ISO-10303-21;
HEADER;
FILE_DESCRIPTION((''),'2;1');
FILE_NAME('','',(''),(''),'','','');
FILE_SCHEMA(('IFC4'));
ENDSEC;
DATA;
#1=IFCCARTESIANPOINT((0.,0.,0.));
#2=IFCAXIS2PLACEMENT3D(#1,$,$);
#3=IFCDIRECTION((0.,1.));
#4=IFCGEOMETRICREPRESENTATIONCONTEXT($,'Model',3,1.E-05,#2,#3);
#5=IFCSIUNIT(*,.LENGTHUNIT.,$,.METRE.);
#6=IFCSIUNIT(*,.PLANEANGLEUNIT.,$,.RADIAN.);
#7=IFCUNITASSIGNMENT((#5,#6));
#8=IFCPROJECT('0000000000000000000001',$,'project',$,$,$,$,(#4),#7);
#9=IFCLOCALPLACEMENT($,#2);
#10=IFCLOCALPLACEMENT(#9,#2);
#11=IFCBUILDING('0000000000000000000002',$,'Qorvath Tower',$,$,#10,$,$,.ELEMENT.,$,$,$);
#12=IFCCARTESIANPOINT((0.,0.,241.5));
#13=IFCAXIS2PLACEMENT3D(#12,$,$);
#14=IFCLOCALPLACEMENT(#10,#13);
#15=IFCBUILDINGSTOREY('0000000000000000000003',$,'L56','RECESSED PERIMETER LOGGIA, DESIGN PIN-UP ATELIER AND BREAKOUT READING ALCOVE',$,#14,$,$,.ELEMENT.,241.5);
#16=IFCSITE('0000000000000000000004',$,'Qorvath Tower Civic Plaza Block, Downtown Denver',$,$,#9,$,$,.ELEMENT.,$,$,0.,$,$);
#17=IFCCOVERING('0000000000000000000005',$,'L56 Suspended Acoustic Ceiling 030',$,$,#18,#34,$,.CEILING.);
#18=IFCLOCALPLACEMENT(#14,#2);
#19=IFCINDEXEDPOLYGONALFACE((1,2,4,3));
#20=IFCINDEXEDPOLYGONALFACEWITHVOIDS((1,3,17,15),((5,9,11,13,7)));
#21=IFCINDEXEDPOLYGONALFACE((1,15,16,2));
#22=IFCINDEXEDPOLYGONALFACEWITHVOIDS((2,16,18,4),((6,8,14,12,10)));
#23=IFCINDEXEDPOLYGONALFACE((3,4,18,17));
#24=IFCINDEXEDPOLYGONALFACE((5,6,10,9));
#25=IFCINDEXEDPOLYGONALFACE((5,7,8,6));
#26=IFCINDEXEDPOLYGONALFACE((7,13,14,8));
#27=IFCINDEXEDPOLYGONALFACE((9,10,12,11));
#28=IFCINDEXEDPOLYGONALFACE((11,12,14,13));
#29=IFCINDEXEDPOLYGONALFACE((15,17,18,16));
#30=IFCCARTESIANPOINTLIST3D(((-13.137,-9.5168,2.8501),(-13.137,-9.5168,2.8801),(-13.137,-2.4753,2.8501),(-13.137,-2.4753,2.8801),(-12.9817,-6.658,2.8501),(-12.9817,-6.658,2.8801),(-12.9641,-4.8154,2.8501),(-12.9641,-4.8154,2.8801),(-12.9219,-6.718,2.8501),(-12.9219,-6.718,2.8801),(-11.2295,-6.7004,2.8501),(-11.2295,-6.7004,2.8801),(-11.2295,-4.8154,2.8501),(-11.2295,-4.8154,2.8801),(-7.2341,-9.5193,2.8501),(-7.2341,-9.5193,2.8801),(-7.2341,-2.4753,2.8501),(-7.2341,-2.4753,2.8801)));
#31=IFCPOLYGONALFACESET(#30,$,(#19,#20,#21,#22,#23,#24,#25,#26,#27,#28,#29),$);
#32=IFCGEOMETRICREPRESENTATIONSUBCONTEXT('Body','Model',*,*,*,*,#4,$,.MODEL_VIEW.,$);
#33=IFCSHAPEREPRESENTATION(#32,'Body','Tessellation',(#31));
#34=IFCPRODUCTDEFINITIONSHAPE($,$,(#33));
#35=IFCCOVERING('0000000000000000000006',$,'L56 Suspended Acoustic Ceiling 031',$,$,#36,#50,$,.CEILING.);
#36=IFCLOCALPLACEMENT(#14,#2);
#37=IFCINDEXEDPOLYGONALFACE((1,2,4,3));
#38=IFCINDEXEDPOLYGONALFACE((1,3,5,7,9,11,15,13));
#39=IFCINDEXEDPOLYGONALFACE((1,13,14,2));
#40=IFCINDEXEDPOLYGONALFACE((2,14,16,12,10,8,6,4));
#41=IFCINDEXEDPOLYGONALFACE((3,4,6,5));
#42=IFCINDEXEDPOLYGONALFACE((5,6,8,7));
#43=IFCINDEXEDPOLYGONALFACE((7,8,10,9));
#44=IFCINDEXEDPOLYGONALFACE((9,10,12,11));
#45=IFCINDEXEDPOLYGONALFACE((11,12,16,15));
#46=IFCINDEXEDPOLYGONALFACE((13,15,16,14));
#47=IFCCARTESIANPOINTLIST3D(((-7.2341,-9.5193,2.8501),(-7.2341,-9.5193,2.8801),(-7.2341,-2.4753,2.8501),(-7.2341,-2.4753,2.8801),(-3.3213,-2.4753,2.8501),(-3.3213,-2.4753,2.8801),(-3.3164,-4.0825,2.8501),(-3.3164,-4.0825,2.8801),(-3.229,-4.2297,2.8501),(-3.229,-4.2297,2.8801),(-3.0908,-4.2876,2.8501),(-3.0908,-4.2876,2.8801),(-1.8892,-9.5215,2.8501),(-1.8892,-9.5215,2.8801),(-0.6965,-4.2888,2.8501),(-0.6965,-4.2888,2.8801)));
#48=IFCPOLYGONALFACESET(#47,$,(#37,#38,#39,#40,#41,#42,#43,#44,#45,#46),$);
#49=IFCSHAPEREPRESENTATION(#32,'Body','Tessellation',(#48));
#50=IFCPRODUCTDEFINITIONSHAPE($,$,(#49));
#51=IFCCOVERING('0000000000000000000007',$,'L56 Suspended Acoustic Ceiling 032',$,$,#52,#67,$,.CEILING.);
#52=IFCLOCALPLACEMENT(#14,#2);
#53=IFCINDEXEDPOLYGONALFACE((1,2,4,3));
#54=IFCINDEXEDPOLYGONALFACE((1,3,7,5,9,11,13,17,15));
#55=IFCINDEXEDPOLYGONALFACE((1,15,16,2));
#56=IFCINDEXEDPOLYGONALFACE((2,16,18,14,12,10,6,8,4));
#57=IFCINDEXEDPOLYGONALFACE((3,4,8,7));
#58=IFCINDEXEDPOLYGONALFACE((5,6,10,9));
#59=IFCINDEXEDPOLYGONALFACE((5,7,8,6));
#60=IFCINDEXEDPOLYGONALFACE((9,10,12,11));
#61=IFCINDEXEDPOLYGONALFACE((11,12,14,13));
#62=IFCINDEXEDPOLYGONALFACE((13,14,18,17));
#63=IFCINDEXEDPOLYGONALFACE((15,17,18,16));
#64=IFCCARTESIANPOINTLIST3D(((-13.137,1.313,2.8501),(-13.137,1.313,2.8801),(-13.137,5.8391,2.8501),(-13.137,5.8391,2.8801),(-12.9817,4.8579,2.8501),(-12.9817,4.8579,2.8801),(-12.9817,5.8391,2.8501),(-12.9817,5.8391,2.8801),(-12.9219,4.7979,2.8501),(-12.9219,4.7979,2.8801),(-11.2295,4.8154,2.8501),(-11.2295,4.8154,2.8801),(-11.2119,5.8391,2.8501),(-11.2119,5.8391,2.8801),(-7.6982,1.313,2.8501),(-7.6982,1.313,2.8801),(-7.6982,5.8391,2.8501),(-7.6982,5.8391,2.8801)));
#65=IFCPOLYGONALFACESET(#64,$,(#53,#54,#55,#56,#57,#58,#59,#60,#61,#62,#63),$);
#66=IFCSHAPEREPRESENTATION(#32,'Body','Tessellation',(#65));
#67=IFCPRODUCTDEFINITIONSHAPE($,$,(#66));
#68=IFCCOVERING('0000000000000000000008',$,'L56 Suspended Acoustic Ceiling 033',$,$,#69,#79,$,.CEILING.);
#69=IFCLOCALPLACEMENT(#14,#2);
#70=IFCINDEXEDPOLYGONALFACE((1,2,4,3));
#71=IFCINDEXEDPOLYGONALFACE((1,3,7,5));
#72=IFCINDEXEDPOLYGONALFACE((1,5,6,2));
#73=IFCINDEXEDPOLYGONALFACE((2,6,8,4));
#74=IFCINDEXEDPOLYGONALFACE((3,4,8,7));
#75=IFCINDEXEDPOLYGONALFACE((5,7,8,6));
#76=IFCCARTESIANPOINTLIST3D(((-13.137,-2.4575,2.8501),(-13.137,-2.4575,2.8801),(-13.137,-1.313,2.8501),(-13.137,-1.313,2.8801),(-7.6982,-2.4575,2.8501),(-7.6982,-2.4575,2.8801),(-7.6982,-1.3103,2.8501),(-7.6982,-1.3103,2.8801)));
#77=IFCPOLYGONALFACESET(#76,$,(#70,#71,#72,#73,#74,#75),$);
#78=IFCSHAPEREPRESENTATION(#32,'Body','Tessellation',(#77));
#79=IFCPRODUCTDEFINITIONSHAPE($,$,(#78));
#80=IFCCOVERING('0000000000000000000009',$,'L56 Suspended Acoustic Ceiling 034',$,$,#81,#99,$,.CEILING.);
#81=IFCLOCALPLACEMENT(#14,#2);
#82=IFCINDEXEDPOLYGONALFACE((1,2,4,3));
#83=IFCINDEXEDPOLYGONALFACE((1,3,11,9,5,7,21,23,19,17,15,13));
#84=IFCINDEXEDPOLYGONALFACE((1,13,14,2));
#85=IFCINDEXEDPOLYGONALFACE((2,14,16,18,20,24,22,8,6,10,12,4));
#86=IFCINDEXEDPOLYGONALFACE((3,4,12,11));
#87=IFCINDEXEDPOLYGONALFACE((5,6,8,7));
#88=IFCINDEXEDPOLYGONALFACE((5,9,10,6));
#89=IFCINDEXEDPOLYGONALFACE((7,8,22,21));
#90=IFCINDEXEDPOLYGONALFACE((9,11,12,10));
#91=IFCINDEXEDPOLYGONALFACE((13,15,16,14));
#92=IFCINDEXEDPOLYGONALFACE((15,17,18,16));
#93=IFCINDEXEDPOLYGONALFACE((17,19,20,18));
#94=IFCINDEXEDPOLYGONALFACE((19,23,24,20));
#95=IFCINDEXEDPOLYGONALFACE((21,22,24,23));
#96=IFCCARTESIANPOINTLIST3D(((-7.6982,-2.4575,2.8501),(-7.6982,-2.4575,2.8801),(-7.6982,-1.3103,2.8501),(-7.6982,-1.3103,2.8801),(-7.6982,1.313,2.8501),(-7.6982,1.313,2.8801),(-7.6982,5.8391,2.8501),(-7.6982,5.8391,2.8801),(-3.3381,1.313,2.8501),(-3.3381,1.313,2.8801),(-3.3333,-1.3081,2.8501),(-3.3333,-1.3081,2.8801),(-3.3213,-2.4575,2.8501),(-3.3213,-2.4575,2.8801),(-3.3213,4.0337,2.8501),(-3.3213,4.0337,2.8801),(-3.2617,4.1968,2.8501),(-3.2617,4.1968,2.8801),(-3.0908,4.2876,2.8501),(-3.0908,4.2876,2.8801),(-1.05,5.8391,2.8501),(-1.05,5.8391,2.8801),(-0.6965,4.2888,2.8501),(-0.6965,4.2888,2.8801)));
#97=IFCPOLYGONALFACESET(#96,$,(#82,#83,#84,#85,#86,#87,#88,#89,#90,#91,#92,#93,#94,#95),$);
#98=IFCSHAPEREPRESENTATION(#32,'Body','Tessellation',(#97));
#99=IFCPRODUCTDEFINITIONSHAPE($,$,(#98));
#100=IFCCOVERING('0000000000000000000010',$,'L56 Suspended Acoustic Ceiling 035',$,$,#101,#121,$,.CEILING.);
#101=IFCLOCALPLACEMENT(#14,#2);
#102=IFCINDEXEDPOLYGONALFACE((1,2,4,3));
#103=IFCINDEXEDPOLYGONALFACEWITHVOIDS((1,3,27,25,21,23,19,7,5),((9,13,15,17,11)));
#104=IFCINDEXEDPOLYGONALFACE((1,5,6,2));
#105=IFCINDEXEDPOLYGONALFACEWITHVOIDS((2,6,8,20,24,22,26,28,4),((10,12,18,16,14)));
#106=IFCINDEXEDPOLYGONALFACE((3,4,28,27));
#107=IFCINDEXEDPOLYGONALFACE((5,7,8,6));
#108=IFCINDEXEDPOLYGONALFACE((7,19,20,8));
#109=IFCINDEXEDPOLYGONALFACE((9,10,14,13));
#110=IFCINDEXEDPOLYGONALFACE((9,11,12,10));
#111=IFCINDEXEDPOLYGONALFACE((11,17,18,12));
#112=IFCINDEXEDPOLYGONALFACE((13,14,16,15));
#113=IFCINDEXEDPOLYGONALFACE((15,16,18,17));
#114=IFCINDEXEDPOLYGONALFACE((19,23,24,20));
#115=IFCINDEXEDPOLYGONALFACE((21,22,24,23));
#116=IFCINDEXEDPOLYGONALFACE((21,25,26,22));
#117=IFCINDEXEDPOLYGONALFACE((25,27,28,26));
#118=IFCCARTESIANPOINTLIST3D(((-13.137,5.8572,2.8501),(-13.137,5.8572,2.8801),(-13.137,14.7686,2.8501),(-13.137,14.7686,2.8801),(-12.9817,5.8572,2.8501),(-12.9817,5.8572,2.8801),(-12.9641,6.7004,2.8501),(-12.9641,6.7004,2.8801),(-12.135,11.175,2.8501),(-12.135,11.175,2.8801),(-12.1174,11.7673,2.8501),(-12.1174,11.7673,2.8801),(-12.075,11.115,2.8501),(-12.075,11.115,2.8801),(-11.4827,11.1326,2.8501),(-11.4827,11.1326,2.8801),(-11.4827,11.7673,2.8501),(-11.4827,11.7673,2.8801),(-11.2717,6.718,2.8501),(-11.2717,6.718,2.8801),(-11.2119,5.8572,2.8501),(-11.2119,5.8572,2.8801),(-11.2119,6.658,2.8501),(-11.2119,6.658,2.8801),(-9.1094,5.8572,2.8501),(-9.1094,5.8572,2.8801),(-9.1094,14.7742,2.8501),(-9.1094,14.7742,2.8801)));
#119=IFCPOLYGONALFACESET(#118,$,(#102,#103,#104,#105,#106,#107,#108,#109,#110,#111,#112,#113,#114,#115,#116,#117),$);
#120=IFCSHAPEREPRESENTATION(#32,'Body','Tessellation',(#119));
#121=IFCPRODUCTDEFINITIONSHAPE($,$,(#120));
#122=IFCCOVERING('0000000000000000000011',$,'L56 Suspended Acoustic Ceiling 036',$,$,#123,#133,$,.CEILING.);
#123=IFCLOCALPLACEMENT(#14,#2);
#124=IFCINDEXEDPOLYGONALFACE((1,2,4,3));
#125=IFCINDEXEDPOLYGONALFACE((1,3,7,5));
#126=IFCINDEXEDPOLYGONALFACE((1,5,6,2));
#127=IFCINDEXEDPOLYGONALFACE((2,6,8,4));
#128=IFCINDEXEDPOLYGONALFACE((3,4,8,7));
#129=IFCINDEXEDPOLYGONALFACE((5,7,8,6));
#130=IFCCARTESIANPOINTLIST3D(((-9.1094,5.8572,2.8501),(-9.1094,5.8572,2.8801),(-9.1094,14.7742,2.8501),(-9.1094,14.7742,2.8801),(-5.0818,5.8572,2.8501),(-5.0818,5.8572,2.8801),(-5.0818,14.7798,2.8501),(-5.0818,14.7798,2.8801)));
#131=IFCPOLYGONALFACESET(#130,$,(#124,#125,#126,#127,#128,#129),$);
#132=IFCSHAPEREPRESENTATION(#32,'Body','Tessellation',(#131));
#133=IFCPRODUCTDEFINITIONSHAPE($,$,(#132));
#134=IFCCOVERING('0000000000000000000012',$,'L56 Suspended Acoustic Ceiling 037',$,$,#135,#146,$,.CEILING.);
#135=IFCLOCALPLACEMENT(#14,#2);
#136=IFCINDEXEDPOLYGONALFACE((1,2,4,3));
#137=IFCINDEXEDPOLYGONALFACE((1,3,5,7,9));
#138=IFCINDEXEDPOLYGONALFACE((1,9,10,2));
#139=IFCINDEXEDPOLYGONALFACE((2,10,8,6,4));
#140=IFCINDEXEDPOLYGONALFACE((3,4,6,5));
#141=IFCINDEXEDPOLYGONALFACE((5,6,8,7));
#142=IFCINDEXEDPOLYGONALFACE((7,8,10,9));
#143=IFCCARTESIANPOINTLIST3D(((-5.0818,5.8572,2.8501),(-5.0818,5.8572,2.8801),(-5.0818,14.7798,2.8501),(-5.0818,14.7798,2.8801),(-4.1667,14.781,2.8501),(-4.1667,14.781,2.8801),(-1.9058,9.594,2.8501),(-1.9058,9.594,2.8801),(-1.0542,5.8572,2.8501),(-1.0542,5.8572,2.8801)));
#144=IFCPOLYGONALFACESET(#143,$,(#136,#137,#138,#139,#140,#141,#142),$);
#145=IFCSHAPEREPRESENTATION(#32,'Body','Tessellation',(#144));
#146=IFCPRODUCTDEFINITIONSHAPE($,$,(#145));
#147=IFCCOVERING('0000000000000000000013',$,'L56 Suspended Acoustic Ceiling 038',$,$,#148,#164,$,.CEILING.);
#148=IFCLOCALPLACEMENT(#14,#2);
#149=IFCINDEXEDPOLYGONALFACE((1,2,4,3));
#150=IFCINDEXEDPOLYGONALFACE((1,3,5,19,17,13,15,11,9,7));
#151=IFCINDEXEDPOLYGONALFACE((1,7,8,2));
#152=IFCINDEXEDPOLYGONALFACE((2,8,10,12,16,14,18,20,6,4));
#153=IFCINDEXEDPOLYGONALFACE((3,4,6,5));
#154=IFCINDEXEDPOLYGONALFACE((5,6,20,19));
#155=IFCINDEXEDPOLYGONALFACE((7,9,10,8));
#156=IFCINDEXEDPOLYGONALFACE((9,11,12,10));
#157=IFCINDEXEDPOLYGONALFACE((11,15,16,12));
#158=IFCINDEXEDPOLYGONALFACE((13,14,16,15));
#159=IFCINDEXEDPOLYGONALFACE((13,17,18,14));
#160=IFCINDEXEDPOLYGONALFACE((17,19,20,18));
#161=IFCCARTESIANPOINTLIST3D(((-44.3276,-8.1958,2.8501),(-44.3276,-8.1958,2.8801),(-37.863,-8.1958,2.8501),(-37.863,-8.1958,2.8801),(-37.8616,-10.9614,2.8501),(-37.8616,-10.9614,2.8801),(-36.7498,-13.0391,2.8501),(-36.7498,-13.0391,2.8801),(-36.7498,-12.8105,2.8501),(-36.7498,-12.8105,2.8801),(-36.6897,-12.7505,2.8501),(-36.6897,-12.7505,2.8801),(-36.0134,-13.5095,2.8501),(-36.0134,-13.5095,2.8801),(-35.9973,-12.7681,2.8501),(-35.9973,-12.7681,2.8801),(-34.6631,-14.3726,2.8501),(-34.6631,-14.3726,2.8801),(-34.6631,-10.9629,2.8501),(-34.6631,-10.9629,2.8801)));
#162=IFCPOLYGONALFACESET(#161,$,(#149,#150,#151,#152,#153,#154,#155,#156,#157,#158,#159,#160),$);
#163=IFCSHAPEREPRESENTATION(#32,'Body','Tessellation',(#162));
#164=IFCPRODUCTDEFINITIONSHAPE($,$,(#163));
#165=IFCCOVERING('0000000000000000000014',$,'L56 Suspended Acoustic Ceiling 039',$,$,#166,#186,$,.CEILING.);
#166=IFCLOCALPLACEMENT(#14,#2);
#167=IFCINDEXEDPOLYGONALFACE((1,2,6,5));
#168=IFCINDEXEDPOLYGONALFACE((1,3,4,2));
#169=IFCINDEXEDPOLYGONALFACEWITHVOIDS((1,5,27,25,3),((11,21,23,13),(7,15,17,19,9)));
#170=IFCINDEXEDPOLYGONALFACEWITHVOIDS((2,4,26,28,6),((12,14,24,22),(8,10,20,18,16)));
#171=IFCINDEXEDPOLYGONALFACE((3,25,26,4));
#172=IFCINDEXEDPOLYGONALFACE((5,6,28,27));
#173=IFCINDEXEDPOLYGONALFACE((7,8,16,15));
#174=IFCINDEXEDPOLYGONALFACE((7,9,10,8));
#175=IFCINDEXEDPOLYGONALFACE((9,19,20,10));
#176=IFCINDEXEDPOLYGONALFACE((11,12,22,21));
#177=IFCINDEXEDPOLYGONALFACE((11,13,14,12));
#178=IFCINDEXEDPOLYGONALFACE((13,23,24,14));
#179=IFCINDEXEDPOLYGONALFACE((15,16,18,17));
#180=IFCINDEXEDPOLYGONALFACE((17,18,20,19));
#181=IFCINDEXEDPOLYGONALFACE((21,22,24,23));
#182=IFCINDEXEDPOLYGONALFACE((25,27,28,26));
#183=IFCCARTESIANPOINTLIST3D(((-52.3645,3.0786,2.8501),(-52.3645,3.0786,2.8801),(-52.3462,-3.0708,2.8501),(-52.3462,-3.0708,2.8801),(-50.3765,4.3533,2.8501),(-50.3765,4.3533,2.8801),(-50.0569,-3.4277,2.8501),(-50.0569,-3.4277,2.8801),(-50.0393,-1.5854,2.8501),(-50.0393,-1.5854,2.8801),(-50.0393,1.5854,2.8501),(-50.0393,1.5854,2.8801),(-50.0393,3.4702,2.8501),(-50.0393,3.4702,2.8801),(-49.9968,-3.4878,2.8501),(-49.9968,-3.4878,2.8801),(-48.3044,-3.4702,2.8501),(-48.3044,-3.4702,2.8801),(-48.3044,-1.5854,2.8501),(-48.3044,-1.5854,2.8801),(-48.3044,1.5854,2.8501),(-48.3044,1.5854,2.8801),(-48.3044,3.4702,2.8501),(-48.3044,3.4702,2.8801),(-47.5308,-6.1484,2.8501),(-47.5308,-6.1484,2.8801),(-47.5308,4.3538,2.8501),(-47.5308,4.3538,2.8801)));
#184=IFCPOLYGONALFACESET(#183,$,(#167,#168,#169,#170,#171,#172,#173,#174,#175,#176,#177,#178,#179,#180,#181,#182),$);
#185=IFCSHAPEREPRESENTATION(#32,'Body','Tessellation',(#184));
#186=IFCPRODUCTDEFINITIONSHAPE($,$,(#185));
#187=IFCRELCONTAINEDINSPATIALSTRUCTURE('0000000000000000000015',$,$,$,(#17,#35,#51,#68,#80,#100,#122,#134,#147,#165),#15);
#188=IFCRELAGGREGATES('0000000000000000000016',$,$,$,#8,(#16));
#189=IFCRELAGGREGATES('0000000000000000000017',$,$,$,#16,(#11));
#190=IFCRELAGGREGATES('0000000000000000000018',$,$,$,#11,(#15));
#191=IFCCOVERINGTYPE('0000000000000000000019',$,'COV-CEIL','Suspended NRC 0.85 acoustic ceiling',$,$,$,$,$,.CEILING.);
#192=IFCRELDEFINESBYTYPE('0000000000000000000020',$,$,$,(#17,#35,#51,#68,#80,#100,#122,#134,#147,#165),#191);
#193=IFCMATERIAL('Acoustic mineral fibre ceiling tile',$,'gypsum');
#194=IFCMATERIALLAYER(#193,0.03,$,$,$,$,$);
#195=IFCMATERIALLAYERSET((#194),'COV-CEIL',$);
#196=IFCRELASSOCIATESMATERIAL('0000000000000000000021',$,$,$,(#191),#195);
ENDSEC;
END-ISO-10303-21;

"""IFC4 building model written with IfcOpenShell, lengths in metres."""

from ifc_helpers import new_model, si_unit, direction, frame, origin, place, context, subcontext, project, spatial, polyline, outline, extrude, material, layer, layer_set, type_object, element, save


model = new_model("IFC4")

# Units and contexts
model_context = context("Model", 3, precision=1e-05, world=origin(), true_north=direction((0.0, 1.0)))
body_context = subcontext(model_context, "Body", "Model", "MODEL_VIEW")
ifc_project = project(units=[si_unit("LENGTHUNIT", "METRE"), si_unit("PLANEANGLEUNIT", "RADIAN")], contexts=[model_context])

# Site, building, storey
site_placement = place(None, origin())
site = spatial("IfcSite", under=ifc_project, at=site_placement, Name="Qorvath Tower Civic Plaza Block, Downtown Denver", CompositionType="ELEMENT", RefElevation=0.0)
building_placement = place(site_placement, origin())
building = spatial("IfcBuilding", under=site, at=building_placement, Name="Qorvath Tower", CompositionType="ELEMENT")
storey_placement = place(building_placement, frame((0.0, 0.0, 241.5)))
storey = spatial("IfcBuildingStorey", under=building, at=storey_placement, Name="L56", Description="RECESSED PERIMETER LOGGIA, DESIGN PIN-UP ATELIER AND BREAKOUT READING ALCOVE", CompositionType="ELEMENT", Elevation=241.5)

# Coverings
ifc_material_1 = material(Name="Acoustic mineral fibre ceiling tile", Category="gypsum")
ifc_layer_1 = layer(ifc_material_1, 0.03)
ifc_layer_set_1 = layer_set([ifc_layer_1], Name="COV-CEIL")
covering_type_1 = type_object("IfcCoveringType", Name="COV-CEIL", Description="Suspended NRC 0.85 acoustic ceiling", PredefinedType="CEILING", material=ifc_layer_set_1)
covering_1_placement = place(storey_placement, frame((0.0, 0.0, 2.8501)))
element("IfcCovering", 1, at=covering_1_placement, inside=storey, type_object=covering_type_1, Name="L56 Suspended Acoustic Ceiling 030", PredefinedType="CEILING", context=body_context, shape_type="SweptSolid", body=[
    extrude(outline(polyline([(-7.2341, -9.5193), (-7.2341, -2.4753), (-13.137, -2.4753), (-13.137, -9.5168), (-7.2341, -9.5193)]), holes=[polyline([(-12.9817, -6.658), (-12.9641, -4.8154), (-11.2295, -4.8154), (-11.2295, -6.7004), (-12.9219, -6.718), (-12.9817, -6.658)])]), origin(), (0.0, 0.0, 1.0), 0.03),
])
covering_2_placement = place(storey_placement, frame((0.0, 0.0, 2.8501)))
element("IfcCovering", 2, at=covering_2_placement, inside=storey, type_object=covering_type_1, Name="L56 Suspended Acoustic Ceiling 031", PredefinedType="CEILING", context=body_context, shape_type="SweptSolid", body=[
    extrude(outline(polyline([(-3.229, -4.2297), (-3.3164, -4.0825), (-3.3213, -2.4753), (-7.2341, -2.4753), (-7.2341, -9.5193), (-1.8892, -9.5215), (-0.6965, -4.2888), (-3.0908, -4.2876), (-3.229, -4.2297)])), origin(), (0.0, 0.0, 1.0), 0.03),
])
covering_3_placement = place(storey_placement, frame((0.0, 0.0, 2.8501)))
element("IfcCovering", 3, at=covering_3_placement, inside=storey, type_object=covering_type_1, Name="L56 Suspended Acoustic Ceiling 032", PredefinedType="CEILING", context=body_context, shape_type="SweptSolid", body=[
    extrude(outline(polyline([(-7.6982, 1.313), (-7.6982, 5.8391), (-11.2119, 5.8391), (-11.2295, 4.8154), (-12.9219, 4.7979), (-12.9817, 4.8579), (-12.9817, 5.8391), (-13.137, 5.8391), (-13.137, 1.313), (-7.6982, 1.313)])), origin(), (0.0, 0.0, 1.0), 0.03),
])
covering_4_placement = place(storey_placement, frame((0.0, 0.0, 2.8501)))
element("IfcCovering", 4, at=covering_4_placement, inside=storey, type_object=covering_type_1, Name="L56 Suspended Acoustic Ceiling 033", PredefinedType="CEILING", context=body_context, shape_type="SweptSolid", body=[
    extrude(outline(polyline([(-7.6982, -2.4575), (-7.6982, -1.3103), (-13.137, -1.313), (-13.137, -2.4575), (-7.6982, -2.4575)])), origin(), (0.0, 0.0, 1.0), 0.03),
])
covering_5_placement = place(storey_placement, frame((0.0, 0.0, 2.8501)))
element("IfcCovering", 5, at=covering_5_placement, inside=storey, type_object=covering_type_1, Name="L56 Suspended Acoustic Ceiling 034", PredefinedType="CEILING", context=body_context, shape_type="SweptSolid", body=[
    extrude(outline(polyline([(-3.2617, 4.1968), (-3.0908, 4.2876), (-0.6965, 4.2888), (-1.05, 5.8391), (-7.6982, 5.8391), (-7.6982, 1.313), (-3.3381, 1.313), (-3.3333, -1.3081), (-7.6982, -1.3103), (-7.6982, -2.4575), (-3.3213, -2.4575), (-3.3213, 4.0337), (-3.2617, 4.1968)])), origin(), (0.0, 0.0, 1.0), 0.03),
])
covering_6_placement = place(storey_placement, frame((0.0, 0.0, 2.8501)))
element("IfcCovering", 6, at=covering_6_placement, inside=storey, type_object=covering_type_1, Name="L56 Suspended Acoustic Ceiling 035", PredefinedType="CEILING", context=body_context, shape_type="SweptSolid", body=[
    extrude(outline(polyline([(-11.2119, 6.658), (-11.2119, 5.8572), (-9.1094, 5.8572), (-9.1094, 14.7742), (-13.137, 14.7686), (-13.137, 5.8572), (-12.9817, 5.8572), (-12.9641, 6.7004), (-11.2717, 6.718), (-11.2119, 6.658)]), holes=[polyline([(-12.135, 11.175), (-12.1174, 11.7673), (-11.4827, 11.7673), (-11.4827, 11.1326), (-12.075, 11.115), (-12.135, 11.175)])]), origin(), (0.0, 0.0, 1.0), 0.03),
])
covering_7_placement = place(storey_placement, frame((0.0, 0.0, 2.8501)))
element("IfcCovering", 7, at=covering_7_placement, inside=storey, type_object=covering_type_1, Name="L56 Suspended Acoustic Ceiling 036", PredefinedType="CEILING", context=body_context, shape_type="SweptSolid", body=[
    extrude(outline(polyline([(-9.1094, 14.7742), (-9.1094, 5.8572), (-5.0818, 5.8572), (-5.0818, 14.7798), (-9.1094, 14.7742)])), origin(), (0.0, 0.0, 1.0), 0.03),
])
covering_8_placement = place(storey_placement, frame((0.0, 0.0, 2.8501)))
element("IfcCovering", 8, at=covering_8_placement, inside=storey, type_object=covering_type_1, Name="L56 Suspended Acoustic Ceiling 037", PredefinedType="CEILING", context=body_context, shape_type="SweptSolid", body=[
    extrude(outline(polyline([(-5.0818, 14.7798), (-5.0818, 5.8572), (-1.0542, 5.8572), (-1.9058, 9.594), (-4.1667, 14.781), (-5.0818, 14.7798)])), origin(), (0.0, 0.0, 1.0), 0.03),
])
covering_9_placement = place(storey_placement, frame((0.0, 0.0, 2.8501)))
element("IfcCovering", 9, at=covering_9_placement, inside=storey, type_object=covering_type_1, Name="L56 Suspended Acoustic Ceiling 038", PredefinedType="CEILING", context=body_context, shape_type="SweptSolid", body=[
    extrude(outline(polyline([(-44.3276, -8.1958), (-36.7498, -13.0391), (-36.7498, -12.8105), (-36.6897, -12.7505), (-35.9973, -12.7681), (-36.0134, -13.5095), (-34.6631, -14.3726), (-34.6631, -10.9629), (-37.8616, -10.9614), (-37.863, -8.1958), (-44.3276, -8.1958)])), origin(), (0.0, 0.0, 1.0), 0.03),
])
covering_10_placement = place(storey_placement, frame((0.0, 0.0, 2.8501)))
element("IfcCovering", 10, at=covering_10_placement, inside=storey, type_object=covering_type_1, Name="L56 Suspended Acoustic Ceiling 039", PredefinedType="CEILING", context=body_context, shape_type="SweptSolid", body=[
    extrude(outline(polyline([(-50.3765, 4.3533), (-52.3645, 3.0786), (-52.3462, -3.0708), (-47.5308, -6.1484), (-47.5308, 4.3538), (-50.3765, 4.3533)]), holes=[polyline([(-50.0569, -3.4277), (-50.0393, -1.5854), (-48.3044, -1.5854), (-48.3044, -3.4702), (-49.9968, -3.4878), (-50.0569, -3.4277)]), polyline([(-50.0393, 1.5854), (-50.0393, 3.4702), (-48.3044, 3.4702), (-48.3044, 1.5854), (-50.0393, 1.5854)])]), origin(), (0.0, 0.0, 1.0), 0.03),
])

save(model, "model.ifc")
